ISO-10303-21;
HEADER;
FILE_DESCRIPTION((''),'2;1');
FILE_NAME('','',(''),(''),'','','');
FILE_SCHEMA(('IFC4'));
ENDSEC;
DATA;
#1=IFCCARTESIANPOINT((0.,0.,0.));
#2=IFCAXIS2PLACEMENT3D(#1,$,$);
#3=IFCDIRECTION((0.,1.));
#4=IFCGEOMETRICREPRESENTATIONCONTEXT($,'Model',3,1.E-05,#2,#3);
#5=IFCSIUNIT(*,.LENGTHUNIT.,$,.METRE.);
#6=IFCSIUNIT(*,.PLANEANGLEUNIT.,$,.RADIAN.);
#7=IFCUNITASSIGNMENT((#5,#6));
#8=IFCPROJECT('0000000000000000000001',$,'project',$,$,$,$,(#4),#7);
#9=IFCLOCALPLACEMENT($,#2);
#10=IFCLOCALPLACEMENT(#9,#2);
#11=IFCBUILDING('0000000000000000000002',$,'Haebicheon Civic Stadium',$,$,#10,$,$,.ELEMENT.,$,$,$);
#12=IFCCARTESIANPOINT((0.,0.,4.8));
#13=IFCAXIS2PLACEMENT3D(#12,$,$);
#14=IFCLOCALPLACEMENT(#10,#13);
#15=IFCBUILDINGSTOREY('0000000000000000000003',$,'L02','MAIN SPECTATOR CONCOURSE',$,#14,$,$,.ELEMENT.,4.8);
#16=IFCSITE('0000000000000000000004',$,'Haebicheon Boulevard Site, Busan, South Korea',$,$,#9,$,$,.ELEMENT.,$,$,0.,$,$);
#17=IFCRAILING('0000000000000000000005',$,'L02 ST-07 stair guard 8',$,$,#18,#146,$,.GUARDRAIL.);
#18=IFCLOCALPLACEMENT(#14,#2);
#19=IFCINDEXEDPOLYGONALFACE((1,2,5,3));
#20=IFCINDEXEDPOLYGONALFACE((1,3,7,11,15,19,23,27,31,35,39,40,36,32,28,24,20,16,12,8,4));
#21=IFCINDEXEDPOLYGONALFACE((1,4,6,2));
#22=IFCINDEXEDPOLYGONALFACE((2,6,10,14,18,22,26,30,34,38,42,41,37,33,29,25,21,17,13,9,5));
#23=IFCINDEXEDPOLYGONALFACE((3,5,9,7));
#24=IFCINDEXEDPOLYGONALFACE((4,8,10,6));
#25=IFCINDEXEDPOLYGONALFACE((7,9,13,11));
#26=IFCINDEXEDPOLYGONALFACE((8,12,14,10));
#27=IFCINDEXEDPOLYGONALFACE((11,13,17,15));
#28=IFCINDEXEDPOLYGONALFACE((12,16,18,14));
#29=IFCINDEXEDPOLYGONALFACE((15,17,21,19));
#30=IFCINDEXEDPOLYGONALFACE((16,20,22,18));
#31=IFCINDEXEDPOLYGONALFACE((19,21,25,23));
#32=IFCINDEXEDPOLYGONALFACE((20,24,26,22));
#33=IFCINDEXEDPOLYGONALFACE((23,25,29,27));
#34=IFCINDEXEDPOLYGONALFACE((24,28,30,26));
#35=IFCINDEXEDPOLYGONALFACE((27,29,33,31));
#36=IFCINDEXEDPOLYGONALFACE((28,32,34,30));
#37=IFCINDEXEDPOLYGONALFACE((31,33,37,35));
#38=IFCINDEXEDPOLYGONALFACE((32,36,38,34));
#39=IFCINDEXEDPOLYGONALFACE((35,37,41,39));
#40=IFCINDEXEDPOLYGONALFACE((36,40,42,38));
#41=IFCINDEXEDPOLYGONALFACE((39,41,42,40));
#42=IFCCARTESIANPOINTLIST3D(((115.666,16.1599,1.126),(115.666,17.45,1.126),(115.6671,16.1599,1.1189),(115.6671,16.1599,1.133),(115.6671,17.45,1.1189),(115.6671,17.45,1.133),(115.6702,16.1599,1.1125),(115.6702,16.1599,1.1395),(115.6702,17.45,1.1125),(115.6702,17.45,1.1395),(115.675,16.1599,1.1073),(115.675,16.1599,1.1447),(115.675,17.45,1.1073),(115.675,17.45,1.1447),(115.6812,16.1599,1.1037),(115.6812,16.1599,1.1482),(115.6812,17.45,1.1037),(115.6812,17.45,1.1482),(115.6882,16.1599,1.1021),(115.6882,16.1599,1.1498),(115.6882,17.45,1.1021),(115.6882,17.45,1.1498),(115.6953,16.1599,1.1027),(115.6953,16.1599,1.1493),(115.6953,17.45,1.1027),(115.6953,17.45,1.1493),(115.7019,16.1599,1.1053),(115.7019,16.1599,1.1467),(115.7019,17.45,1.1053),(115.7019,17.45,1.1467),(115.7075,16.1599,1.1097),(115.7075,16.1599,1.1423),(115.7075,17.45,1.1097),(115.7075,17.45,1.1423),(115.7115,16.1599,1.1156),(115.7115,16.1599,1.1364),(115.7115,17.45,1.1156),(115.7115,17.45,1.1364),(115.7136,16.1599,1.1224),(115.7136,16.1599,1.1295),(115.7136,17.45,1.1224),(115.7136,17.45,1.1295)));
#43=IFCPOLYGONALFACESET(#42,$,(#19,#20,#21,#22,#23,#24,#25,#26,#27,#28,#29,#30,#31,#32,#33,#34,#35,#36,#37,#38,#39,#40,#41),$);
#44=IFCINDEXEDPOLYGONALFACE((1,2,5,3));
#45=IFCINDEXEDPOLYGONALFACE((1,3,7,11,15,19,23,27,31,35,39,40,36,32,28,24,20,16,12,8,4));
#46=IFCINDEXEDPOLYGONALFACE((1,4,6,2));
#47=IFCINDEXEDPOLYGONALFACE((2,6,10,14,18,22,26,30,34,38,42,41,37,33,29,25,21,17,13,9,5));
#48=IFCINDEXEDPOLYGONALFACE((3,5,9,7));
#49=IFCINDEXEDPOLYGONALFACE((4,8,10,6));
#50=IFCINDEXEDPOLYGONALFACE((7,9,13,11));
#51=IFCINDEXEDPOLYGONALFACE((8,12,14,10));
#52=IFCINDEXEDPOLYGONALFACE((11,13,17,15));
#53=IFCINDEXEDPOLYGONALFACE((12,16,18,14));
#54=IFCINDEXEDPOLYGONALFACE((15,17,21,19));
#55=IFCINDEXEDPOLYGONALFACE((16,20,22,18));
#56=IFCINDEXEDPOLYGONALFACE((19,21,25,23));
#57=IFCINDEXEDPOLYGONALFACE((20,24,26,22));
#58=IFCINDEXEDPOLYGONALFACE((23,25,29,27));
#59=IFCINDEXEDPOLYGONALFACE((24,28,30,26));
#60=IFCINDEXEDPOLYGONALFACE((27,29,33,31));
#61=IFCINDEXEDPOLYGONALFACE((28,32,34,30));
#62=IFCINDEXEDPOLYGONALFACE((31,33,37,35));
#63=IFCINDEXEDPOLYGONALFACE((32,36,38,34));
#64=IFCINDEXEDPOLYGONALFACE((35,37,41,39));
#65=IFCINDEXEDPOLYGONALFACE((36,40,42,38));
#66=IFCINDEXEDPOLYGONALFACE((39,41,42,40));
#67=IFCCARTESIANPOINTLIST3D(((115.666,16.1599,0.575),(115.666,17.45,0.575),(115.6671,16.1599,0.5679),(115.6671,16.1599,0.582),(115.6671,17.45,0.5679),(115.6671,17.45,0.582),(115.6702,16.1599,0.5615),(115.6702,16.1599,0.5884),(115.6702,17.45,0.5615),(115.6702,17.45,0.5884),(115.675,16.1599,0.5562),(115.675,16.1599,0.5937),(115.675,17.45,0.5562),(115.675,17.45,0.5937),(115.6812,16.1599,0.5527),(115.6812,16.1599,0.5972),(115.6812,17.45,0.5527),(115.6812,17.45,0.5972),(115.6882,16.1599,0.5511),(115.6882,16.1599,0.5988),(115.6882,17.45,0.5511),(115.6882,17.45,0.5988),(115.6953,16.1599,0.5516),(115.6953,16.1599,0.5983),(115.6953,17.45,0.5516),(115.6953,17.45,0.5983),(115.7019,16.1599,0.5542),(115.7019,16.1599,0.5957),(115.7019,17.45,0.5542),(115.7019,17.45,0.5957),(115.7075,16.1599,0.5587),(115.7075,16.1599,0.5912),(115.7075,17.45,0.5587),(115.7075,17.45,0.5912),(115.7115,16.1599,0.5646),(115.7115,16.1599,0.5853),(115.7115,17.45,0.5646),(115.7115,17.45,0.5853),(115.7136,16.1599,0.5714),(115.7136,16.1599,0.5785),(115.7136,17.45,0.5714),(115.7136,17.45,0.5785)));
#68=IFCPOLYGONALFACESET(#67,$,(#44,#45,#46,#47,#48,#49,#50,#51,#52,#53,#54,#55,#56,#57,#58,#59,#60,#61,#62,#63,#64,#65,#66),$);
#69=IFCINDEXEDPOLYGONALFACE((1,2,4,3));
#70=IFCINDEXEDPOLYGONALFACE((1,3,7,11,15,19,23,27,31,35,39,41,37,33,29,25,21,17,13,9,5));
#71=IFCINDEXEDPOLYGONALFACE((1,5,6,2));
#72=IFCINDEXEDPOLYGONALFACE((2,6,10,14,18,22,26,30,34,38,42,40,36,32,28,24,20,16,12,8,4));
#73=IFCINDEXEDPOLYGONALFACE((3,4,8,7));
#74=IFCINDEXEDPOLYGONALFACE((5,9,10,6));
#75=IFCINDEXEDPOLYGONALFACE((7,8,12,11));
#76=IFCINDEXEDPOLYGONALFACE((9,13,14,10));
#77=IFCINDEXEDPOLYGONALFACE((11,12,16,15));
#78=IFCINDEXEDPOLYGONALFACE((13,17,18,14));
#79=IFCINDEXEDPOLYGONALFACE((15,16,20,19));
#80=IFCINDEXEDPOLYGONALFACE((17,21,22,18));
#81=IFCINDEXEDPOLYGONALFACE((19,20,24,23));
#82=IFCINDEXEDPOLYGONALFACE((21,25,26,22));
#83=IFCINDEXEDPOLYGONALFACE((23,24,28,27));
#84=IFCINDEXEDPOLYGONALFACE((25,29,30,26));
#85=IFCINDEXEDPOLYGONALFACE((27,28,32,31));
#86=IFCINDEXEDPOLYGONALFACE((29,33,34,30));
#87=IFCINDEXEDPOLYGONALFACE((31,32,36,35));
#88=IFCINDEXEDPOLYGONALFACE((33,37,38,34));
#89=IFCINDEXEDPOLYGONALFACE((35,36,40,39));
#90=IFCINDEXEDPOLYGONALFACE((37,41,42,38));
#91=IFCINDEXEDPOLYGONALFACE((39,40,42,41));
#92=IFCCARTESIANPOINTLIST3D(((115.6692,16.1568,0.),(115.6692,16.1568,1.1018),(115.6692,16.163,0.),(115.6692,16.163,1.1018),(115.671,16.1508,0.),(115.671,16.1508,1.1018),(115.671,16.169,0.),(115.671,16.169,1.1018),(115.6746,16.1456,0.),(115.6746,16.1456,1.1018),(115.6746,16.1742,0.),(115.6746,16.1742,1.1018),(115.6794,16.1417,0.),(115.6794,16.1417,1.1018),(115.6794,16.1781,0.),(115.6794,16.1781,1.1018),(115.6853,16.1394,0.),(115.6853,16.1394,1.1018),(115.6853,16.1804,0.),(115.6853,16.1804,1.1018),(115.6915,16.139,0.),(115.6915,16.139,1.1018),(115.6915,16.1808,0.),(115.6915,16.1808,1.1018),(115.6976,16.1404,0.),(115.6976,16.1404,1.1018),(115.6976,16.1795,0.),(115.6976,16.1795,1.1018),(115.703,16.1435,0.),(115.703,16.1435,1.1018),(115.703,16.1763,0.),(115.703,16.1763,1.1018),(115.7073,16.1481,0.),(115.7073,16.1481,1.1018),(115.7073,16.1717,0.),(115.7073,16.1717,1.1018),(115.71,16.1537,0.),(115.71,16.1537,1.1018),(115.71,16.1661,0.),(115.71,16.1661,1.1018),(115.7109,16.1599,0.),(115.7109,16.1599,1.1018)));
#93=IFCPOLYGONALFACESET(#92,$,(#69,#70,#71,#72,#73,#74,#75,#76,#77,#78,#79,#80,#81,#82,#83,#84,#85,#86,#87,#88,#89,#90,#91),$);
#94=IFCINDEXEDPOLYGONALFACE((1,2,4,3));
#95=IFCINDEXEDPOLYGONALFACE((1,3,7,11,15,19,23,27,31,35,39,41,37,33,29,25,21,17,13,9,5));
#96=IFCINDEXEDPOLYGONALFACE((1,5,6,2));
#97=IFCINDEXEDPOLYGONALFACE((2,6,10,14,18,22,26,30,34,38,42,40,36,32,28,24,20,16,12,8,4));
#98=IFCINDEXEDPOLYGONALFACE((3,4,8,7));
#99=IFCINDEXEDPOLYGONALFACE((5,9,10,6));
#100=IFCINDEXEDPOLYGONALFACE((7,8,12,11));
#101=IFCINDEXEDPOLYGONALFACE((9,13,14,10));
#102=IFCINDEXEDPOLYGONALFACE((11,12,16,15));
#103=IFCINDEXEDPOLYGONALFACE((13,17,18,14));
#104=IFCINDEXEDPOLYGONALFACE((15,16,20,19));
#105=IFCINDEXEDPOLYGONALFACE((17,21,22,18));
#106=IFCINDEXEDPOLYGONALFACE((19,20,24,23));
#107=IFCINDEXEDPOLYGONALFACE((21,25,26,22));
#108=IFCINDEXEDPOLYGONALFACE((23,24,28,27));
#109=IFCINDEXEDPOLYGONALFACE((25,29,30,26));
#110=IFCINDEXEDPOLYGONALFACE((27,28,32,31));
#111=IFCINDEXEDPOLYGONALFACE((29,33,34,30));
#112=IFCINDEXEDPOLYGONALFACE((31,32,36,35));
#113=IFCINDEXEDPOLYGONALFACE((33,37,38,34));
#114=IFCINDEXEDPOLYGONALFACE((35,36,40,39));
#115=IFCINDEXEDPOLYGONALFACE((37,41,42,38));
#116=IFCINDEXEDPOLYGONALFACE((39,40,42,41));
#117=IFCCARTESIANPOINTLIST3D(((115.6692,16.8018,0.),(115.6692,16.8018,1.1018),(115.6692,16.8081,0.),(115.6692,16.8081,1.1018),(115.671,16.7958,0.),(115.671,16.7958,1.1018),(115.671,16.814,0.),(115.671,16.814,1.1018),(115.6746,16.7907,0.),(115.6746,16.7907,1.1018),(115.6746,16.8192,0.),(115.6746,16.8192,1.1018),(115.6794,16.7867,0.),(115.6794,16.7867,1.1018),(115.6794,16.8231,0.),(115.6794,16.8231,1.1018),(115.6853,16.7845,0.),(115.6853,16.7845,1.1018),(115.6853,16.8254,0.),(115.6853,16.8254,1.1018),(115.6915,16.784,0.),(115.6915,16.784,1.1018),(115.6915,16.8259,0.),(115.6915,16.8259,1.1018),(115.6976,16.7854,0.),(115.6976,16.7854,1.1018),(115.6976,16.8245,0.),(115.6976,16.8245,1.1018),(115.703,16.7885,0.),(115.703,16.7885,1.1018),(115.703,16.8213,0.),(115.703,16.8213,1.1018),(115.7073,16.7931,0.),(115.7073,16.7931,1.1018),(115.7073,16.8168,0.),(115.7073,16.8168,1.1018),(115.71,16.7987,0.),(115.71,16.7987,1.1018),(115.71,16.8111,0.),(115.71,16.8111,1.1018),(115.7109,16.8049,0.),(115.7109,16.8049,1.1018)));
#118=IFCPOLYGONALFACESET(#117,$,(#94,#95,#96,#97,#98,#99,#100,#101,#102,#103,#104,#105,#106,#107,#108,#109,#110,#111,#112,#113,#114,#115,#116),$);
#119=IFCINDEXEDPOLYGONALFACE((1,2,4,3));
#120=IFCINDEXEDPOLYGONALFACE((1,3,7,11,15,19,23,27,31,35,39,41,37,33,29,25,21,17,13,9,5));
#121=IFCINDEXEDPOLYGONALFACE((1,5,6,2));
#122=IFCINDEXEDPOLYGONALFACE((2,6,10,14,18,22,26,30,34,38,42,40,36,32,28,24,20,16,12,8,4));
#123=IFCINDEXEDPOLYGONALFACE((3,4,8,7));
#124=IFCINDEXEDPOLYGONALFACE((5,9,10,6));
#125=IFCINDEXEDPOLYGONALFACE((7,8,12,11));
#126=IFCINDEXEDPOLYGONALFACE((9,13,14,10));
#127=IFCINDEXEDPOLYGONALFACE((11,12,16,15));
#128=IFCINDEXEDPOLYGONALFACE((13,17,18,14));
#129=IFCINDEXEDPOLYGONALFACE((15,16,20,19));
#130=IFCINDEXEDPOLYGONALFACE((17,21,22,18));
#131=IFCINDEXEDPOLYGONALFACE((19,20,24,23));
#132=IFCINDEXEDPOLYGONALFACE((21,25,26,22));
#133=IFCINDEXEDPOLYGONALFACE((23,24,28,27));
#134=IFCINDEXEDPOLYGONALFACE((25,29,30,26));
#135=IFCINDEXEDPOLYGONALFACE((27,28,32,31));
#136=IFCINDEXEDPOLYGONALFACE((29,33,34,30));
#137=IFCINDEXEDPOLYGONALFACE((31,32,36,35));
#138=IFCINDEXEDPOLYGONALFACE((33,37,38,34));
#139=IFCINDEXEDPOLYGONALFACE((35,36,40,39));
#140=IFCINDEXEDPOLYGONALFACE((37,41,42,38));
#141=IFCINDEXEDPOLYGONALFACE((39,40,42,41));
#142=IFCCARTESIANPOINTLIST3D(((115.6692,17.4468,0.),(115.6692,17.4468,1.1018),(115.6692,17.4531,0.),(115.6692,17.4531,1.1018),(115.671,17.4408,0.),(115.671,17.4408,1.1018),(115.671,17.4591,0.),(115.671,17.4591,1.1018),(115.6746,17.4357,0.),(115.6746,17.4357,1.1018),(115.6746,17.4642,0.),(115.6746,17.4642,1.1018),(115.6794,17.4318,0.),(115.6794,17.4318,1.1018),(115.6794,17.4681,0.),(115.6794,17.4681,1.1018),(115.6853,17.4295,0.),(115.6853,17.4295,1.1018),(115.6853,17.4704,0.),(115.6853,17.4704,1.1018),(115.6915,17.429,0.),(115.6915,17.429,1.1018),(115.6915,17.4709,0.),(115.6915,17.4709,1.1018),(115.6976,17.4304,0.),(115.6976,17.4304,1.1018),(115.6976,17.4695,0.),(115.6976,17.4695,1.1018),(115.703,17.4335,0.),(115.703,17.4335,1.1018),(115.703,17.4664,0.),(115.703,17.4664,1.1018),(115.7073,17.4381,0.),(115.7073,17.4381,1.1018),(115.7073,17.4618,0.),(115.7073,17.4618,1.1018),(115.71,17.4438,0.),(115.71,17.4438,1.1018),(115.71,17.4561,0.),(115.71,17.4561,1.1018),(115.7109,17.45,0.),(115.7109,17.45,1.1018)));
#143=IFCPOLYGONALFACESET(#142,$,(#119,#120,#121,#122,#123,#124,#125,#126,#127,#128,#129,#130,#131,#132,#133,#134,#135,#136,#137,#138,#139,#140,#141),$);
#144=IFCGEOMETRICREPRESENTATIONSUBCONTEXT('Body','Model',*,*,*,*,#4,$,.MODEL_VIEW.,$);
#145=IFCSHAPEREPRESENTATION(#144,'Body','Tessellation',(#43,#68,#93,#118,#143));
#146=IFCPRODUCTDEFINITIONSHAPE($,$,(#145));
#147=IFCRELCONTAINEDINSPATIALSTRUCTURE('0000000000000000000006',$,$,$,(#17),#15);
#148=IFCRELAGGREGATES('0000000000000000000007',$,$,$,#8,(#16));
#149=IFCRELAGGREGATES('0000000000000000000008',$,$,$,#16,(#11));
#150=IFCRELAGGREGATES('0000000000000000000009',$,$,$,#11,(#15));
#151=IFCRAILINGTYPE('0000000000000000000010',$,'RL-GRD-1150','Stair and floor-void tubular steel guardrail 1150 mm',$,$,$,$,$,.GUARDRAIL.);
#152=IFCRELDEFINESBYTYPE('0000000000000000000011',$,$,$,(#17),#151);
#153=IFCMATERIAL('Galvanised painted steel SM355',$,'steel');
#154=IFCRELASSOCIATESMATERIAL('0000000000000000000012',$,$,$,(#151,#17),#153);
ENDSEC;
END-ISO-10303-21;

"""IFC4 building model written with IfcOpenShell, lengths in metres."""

from ifc_helpers import new_model, si_unit, direction, frame, origin, origin_2d, place, context, subcontext, project, spatial, circle, extrude, material, type_object, element, save


model = new_model("IFC4")

# Units and contexts
model_context = context("Model", 3, precision=1e-05, world=origin(), true_north=direction((0.0, 1.0)))
body_context = subcontext(model_context, "Body", "Model", "MODEL_VIEW")
ifc_project = project(units=[si_unit("LENGTHUNIT", "METRE"), si_unit("PLANEANGLEUNIT", "RADIAN")], contexts=[model_context])

# Site, building, storey
site_placement = place(None, origin())
site = spatial("IfcSite", under=ifc_project, at=site_placement, Name="Haebicheon Boulevard Site, Busan, South Korea", CompositionType="ELEMENT", RefElevation=0.0)
building_placement = place(site_placement, origin())
building = spatial("IfcBuilding", under=site, at=building_placement, Name="Haebicheon Civic Stadium", CompositionType="ELEMENT")
storey_placement = place(building_placement, frame((0.0, 0.0, 4.8)))
storey = spatial("IfcBuildingStorey", under=building, at=storey_placement, Name="L02", Description="MAIN SPECTATOR CONCOURSE", CompositionType="ELEMENT", Elevation=4.8)

# Railing
ifc_material_1 = material(Name="Galvanised painted steel SM355", Category="steel")
railing_type_1 = type_object("IfcRailingType", Name="RL-GRD-1150", Description="Stair and floor-void tubular steel guardrail 1150 mm", PredefinedType="GUARDRAIL", material=ifc_material_1)
railing_1_placement = place(storey_placement, frame((115.6899, 16.1599, 0.0)))
element("IfcRailing", 1, at=railing_1_placement, inside=storey, type_object=railing_type_1, material=ifc_material_1, Name="L02 ST-07 stair guard 8", PredefinedType="GUARDRAIL", context=body_context, shape_type="SweptSolid", body=[
    extrude(circle(Radius=0.0239, at=origin_2d()), frame((0.0, 0.0, 1.126), z_axis=(0.0, 1.0, 0.0), x_axis=(-1.0, 0.0, 0.0)), (0.0, 0.0, 1.0), 1.29),
    extrude(circle(Radius=0.0239, at=origin_2d()), frame((0.0, 0.0, 0.575), z_axis=(0.0, 1.0, 0.0), x_axis=(-1.0, 0.0, 0.0)), (0.0, 0.0, 1.0), 1.29),
    extrude(circle(Radius=0.021, at=origin_2d()), origin(), (0.0, 0.0, 1.0), 1.1018),
    extrude(circle(Radius=0.021, at=origin_2d()), frame((0.0, 0.645, 0.0)), (0.0, 0.0, 1.0), 1.1018),
    extrude(circle(Radius=0.021, at=origin_2d()), frame((0.0, 1.29, 0.0)), (0.0, 0.0, 1.0), 1.1018),
])

save(model, "model.ifc")
